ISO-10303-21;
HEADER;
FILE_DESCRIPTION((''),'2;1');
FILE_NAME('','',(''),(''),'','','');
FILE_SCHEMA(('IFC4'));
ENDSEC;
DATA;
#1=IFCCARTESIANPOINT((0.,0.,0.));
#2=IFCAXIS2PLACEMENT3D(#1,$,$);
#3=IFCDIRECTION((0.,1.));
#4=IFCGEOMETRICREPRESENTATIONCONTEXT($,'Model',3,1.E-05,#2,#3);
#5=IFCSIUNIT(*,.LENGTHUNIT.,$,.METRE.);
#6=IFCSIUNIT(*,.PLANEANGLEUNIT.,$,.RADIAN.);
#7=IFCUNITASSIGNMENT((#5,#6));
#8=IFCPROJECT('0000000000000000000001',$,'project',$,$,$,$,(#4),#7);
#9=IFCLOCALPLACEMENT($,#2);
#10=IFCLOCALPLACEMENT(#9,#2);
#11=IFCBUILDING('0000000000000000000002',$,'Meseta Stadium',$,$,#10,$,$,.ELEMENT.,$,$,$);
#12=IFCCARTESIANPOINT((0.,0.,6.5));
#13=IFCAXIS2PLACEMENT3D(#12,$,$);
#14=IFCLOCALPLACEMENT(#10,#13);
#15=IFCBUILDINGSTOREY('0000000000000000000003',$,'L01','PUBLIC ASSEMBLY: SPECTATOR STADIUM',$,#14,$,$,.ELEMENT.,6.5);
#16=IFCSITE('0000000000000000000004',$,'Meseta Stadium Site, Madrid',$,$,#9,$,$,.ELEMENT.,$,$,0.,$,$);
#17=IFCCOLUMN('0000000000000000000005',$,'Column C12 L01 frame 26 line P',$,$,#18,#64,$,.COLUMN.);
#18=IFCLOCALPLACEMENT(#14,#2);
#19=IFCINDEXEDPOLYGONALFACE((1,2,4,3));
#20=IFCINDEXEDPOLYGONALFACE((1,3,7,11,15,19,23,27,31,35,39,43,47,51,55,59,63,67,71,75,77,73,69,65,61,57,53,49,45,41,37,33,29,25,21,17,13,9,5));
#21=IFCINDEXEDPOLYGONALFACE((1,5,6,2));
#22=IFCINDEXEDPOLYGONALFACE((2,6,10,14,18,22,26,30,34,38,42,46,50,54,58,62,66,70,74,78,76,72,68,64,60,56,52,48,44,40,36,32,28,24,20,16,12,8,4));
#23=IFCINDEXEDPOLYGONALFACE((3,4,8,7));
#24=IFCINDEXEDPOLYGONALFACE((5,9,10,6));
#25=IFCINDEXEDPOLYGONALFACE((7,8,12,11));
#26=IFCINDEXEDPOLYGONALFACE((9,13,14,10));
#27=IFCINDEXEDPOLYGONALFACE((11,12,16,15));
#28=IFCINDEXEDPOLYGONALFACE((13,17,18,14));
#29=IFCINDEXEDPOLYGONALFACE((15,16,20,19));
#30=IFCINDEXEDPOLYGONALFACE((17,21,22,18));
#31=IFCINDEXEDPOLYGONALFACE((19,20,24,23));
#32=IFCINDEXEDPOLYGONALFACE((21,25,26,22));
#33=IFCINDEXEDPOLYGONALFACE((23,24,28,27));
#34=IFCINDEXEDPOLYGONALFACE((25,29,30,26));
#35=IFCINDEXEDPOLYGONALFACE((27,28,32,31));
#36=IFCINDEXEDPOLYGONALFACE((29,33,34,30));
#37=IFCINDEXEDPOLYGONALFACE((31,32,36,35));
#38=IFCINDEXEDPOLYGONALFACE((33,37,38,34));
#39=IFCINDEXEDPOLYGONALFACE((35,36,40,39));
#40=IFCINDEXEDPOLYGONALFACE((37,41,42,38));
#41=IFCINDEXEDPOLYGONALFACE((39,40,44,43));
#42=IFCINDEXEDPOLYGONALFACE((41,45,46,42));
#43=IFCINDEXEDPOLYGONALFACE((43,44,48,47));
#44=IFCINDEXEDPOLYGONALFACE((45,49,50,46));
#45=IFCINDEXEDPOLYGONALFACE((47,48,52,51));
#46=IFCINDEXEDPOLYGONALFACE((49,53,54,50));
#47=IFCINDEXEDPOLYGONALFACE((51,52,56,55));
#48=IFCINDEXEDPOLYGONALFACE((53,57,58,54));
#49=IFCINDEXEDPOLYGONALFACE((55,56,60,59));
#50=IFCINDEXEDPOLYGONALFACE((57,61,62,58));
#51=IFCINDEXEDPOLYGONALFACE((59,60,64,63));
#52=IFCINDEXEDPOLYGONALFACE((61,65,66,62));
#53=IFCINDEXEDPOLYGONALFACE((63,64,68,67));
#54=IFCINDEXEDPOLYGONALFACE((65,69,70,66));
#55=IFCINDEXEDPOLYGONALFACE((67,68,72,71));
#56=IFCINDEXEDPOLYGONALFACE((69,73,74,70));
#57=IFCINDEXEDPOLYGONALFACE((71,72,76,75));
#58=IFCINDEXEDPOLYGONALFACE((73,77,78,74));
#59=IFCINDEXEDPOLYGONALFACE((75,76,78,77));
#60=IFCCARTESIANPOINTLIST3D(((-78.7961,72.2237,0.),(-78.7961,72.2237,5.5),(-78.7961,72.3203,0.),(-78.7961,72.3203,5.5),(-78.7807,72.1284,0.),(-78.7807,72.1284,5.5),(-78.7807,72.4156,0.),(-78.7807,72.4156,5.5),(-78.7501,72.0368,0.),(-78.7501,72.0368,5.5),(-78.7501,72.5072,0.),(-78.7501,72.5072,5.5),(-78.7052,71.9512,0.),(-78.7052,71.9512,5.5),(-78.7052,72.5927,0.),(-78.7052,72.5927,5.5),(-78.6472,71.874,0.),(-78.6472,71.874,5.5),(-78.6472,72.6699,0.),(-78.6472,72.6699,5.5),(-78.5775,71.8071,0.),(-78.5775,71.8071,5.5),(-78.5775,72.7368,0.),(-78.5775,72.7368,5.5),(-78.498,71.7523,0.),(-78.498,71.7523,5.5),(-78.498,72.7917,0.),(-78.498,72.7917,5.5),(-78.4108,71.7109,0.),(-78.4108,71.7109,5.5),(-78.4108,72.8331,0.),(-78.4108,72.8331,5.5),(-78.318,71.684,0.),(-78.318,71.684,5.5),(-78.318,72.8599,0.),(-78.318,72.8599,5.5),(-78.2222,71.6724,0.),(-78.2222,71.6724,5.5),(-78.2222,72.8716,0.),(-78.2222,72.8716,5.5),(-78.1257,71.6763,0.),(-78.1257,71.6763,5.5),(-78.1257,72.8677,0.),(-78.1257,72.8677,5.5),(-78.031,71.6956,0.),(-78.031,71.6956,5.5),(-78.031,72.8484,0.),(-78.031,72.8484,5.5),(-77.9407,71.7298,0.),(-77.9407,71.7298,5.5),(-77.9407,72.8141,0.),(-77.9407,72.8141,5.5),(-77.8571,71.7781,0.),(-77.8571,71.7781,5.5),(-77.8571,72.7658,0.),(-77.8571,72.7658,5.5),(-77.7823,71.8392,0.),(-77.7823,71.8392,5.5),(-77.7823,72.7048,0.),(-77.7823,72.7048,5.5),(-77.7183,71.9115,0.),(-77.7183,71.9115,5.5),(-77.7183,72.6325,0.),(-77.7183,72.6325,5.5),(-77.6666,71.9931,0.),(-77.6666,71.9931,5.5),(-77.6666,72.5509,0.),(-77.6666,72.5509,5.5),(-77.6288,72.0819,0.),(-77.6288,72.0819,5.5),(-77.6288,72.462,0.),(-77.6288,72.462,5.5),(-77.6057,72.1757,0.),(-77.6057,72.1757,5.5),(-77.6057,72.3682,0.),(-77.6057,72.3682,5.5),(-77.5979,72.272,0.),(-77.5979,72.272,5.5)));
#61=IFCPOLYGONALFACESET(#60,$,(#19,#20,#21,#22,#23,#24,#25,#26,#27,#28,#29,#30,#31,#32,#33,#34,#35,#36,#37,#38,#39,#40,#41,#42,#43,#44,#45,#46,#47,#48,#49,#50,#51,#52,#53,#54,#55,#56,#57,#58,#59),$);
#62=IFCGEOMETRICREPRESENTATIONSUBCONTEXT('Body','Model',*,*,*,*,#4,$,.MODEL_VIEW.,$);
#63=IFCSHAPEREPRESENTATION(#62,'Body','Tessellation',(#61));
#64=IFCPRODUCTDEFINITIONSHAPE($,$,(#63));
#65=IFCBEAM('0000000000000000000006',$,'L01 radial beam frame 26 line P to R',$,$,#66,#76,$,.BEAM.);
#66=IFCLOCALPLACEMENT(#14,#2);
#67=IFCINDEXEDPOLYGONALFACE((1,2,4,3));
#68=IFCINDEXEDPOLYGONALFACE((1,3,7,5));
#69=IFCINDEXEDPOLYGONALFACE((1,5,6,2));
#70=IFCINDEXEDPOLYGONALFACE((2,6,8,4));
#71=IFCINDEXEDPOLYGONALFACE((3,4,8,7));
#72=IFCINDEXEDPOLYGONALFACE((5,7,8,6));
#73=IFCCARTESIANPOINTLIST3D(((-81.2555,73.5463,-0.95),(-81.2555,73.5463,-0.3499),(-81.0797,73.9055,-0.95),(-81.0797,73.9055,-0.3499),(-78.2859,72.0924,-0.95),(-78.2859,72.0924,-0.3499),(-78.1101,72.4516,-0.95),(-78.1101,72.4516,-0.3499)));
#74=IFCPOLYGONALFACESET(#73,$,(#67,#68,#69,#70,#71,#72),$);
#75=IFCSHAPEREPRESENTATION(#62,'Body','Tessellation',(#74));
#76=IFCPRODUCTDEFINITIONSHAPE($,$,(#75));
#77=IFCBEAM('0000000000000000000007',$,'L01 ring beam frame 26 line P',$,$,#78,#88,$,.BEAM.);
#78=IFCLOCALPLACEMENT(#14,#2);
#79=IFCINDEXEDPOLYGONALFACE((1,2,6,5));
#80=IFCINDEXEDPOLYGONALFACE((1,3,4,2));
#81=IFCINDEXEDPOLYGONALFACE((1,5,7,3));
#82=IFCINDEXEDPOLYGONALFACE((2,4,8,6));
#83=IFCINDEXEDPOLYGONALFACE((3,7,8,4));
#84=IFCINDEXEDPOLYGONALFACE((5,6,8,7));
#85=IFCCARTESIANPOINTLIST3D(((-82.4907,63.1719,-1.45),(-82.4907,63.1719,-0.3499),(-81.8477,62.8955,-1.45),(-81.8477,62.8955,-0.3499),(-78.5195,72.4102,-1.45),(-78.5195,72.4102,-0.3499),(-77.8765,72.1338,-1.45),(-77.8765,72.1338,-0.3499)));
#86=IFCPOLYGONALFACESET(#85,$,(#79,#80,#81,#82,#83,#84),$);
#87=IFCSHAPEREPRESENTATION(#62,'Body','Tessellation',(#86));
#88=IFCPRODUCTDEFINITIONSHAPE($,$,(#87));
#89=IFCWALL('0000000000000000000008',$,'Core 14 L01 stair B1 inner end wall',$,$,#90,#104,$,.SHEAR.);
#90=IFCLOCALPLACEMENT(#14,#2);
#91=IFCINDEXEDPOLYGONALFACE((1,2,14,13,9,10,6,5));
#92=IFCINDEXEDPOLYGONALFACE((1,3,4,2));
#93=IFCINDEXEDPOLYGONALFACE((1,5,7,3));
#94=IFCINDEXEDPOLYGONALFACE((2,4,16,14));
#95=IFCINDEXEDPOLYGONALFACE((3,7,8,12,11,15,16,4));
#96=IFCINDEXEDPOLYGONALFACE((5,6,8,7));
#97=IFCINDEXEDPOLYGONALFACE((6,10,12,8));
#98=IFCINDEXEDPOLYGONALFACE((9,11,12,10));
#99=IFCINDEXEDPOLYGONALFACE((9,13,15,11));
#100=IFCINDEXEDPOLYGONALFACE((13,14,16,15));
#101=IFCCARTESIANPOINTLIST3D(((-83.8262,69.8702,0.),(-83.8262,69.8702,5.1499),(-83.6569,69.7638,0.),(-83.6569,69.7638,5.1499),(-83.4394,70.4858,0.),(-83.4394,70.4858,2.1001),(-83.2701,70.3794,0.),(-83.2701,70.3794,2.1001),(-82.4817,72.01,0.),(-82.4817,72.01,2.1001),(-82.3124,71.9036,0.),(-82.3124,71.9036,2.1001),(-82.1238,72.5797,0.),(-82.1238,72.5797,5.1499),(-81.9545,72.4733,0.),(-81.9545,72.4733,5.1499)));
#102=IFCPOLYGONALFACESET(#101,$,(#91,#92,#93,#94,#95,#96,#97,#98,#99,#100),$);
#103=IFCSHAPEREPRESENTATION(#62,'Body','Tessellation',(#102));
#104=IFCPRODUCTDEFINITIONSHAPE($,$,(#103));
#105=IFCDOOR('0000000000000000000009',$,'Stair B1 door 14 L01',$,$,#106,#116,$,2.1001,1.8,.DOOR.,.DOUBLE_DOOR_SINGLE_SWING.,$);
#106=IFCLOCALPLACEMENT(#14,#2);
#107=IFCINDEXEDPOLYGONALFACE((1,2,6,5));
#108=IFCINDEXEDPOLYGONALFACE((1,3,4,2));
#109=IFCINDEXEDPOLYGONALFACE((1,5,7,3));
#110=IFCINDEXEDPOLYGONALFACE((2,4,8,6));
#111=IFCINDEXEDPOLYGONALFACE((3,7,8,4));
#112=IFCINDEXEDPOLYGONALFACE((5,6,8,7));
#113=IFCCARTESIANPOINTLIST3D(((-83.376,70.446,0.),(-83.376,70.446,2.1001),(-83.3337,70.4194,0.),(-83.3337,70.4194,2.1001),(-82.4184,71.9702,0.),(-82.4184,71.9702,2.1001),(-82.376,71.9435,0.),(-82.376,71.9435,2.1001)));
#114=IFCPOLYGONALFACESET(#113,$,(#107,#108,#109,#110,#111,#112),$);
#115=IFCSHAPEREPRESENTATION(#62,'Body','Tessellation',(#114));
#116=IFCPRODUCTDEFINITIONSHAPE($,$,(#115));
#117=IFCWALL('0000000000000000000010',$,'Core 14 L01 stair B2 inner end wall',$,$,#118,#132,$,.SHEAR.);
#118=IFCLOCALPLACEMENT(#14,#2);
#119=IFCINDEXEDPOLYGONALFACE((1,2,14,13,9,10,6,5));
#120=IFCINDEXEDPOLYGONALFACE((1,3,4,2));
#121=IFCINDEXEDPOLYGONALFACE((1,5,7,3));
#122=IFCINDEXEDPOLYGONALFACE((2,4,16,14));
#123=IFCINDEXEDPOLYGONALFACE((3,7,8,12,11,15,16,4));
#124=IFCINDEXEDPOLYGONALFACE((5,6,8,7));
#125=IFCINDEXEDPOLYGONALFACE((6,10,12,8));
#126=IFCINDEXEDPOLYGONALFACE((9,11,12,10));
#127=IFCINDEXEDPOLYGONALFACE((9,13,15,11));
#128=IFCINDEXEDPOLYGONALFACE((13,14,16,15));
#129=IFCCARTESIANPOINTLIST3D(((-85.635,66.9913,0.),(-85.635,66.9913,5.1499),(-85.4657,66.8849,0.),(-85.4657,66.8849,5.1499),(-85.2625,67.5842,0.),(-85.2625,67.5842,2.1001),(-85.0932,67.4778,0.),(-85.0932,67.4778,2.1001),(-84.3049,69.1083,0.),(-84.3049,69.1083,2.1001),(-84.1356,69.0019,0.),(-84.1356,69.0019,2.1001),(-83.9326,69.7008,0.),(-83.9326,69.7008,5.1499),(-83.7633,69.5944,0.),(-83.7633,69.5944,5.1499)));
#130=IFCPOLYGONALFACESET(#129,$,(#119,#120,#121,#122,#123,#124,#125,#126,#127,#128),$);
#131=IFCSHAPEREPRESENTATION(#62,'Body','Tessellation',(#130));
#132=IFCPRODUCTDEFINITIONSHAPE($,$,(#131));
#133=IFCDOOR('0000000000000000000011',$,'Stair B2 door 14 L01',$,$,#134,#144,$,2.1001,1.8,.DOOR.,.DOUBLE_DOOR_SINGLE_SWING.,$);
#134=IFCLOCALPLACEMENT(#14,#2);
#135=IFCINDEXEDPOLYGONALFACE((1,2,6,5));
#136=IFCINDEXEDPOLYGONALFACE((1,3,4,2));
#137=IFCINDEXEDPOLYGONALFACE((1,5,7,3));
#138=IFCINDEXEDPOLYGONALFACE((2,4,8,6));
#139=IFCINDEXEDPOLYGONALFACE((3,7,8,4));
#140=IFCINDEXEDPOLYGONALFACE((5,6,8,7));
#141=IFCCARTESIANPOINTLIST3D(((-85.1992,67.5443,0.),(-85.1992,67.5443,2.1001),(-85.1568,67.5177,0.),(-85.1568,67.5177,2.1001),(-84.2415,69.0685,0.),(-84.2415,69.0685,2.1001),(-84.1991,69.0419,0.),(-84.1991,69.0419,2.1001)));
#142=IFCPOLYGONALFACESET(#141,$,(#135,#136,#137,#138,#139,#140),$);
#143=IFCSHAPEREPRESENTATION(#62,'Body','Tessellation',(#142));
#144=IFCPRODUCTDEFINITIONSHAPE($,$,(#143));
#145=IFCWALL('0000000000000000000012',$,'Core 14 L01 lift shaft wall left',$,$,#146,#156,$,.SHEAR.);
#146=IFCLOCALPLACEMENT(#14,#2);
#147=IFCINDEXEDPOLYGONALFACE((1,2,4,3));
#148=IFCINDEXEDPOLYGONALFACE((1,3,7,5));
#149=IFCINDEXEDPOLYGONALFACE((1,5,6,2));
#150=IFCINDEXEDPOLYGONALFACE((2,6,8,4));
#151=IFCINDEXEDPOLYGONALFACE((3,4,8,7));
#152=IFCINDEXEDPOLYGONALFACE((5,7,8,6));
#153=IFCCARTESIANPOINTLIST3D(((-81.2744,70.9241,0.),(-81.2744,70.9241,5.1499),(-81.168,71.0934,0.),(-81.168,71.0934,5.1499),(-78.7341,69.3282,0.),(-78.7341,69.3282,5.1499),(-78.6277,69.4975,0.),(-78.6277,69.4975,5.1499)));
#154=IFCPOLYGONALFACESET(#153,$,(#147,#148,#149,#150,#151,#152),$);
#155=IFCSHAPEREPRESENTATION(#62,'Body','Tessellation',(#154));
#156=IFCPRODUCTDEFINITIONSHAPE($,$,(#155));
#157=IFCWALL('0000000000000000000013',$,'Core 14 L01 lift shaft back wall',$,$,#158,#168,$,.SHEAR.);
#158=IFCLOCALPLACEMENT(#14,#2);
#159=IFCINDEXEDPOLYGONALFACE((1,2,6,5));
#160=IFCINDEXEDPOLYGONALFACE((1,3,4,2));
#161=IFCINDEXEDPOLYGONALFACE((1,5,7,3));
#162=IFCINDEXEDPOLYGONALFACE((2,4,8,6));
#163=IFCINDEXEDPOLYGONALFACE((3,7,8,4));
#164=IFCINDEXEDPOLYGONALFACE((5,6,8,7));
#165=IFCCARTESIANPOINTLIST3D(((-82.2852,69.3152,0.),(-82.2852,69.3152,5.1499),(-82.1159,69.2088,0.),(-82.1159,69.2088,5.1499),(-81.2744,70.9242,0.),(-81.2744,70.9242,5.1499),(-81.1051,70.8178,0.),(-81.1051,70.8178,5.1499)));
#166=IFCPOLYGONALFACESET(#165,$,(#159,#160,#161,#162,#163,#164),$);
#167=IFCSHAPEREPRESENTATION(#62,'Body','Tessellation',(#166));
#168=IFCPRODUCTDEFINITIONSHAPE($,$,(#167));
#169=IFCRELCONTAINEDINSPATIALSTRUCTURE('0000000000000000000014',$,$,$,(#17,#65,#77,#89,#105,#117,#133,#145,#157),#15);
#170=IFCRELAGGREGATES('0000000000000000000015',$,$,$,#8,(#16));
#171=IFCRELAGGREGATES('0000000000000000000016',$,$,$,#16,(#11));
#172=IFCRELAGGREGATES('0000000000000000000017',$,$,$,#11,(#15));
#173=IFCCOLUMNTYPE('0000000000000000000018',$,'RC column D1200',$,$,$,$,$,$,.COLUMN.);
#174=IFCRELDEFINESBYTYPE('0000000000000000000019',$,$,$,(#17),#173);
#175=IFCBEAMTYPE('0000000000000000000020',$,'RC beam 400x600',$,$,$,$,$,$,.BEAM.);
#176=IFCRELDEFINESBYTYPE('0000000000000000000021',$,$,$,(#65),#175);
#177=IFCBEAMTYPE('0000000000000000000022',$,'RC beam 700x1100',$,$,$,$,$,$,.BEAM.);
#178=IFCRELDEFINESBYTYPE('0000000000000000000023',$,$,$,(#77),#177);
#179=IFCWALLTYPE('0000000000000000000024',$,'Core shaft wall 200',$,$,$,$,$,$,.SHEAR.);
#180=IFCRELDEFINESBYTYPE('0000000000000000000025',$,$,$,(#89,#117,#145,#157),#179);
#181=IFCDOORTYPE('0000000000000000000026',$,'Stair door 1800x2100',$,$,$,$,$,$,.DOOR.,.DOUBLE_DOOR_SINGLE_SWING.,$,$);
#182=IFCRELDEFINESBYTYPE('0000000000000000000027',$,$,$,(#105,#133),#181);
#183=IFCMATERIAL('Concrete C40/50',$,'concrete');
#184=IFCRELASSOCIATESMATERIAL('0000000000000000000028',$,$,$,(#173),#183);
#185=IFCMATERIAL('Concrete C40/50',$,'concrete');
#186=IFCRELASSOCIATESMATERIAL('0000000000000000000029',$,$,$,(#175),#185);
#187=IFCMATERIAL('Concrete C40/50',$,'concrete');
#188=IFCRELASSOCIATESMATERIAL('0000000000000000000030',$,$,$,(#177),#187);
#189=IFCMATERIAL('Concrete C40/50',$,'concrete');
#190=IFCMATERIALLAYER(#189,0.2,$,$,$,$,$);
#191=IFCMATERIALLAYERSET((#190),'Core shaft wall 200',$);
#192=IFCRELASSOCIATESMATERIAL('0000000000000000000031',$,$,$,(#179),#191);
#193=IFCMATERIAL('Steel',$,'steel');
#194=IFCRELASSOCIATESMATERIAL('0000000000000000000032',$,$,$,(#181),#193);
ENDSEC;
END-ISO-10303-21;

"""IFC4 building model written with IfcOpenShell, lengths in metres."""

from ifc_helpers import new_model, si_unit, direction, frame, frame_2d, origin, origin_2d, place, context, subcontext, project, spatial, rectangle, circle, extrude, material, layer, layer_set, material_profile, profile_set, type_object, element, fill, save


model = new_model("IFC4")

# Units and contexts
model_context = context("Model", 3, precision=1e-05, world=origin(), true_north=direction((0.0, 1.0)))
body_context = subcontext(model_context, "Body", "Model", "MODEL_VIEW")
ifc_project = project(units=[si_unit("LENGTHUNIT", "METRE"), si_unit("PLANEANGLEUNIT", "RADIAN")], contexts=[model_context])

# Site, building, storey
site_placement = place(None, origin())
site = spatial("IfcSite", under=ifc_project, at=site_placement, Name="Meseta Stadium Site, Madrid", CompositionType="ELEMENT", RefElevation=0.0)
building_placement = place(site_placement, origin())
building = spatial("IfcBuilding", under=site, at=building_placement, Name="Meseta Stadium", CompositionType="ELEMENT")
storey_placement = place(building_placement, frame((0.0, 0.0, 6.5)))
storey = spatial("IfcBuildingStorey", under=building, at=storey_placement, Name="L01", Description="PUBLIC ASSEMBLY: SPECTATOR STADIUM", CompositionType="ELEMENT", Elevation=6.5)

# Column
ifc_material_1 = material(Name="Concrete C40/50", Category="concrete")
ifc_material_profile_1 = material_profile(ifc_material_1, circle(Radius=0.6001, at=origin_2d()), Name="RC D1200")
ifc_profile_set_1 = profile_set([ifc_material_profile_1], Name="Concrete C40/50")
column_type = type_object("IfcColumnType", Name="RC column D1200", PredefinedType="COLUMN", material=ifc_profile_set_1)
column_placement = place(storey_placement, frame((-78.198, 72.272, 0.0), z_axis=(0.0, 0.0, 1.0), x_axis=(1.0, 0.0, 0.0)))
element("IfcColumn", 1, at=column_placement, inside=storey, type_object=column_type, Name="Column C12 L01 frame 26 line P", PredefinedType="COLUMN", context=body_context, shape_type="SweptSolid", body=[
    extrude(circle(Radius=0.6001, at=origin_2d()), origin(), (0.0, 0.0, 1.0), 5.5),
])

# Beams
ifc_material_2 = material(Name="Concrete C40/50", Category="concrete")
ifc_material_profile_2 = material_profile(ifc_material_2, rectangle(XDim=0.3999, YDim=0.6001, at=origin_2d()), Name="RC 400x600")
ifc_profile_set_2 = profile_set([ifc_material_profile_2], Name="Concrete C40/50")
beam_type_1 = type_object("IfcBeamType", Name="RC beam 400x600", PredefinedType="BEAM", material=ifc_profile_set_2)
beam_1_placement = place(storey_placement, frame((-78.198, 72.272, -0.6499), z_axis=(-0.898132, 0.439725, 0.0), x_axis=(-0.439725, -0.898132, 0.0)))
element("IfcBeam", 2, at=beam_1_placement, inside=storey, type_object=beam_type_1, Name="L01 radial beam frame 26 line P to R", PredefinedType="BEAM", context=body_context, shape_type="SweptSolid", body=[
    extrude(rectangle(XDim=0.3999, YDim=0.6001, at=origin_2d()), origin(), (0.0, 0.0, 1.0), 3.3064),
])
ifc_material_3 = material(Name="Concrete C40/50", Category="concrete")
ifc_material_profile_3 = material_profile(ifc_material_3, rectangle(XDim=0.7, YDim=1.1001, at=origin_2d()), Name="RC 700x1100")
ifc_profile_set_3 = profile_set([ifc_material_profile_3], Name="Concrete C40/50")
beam_type_2 = type_object("IfcBeamType", Name="RC beam 700x1100", PredefinedType="BEAM", material=ifc_profile_set_3)
beam_2_placement = place(storey_placement, frame((-78.198, 72.272, -0.8999), z_axis=(-0.394921, -0.918715, 0.0), x_axis=(0.918715, -0.394921, 0.0)))
element("IfcBeam", 3, at=beam_2_placement, inside=storey, type_object=beam_type_2, Name="L01 ring beam frame 26 line P", PredefinedType="BEAM", context=body_context, shape_type="SweptSolid", body=[
    extrude(rectangle(XDim=0.7, YDim=1.1001, at=origin_2d()), origin(), (0.0, 0.0, 1.0), 10.0557),
])

# Walls, openings, doors
ifc_material_4 = material(Name="Concrete C40/50", Category="concrete")
ifc_layer = layer(ifc_material_4, 0.2)
ifc_layer_set = layer_set([ifc_layer], Name="Core shaft wall 200")
wall_type = type_object("IfcWallType", Name="Core shaft wall 200", PredefinedType="SHEAR", material=ifc_layer_set)
wall_1_placement = place(storey_placement, frame((-82.0391, 72.5266, 0.0), z_axis=(0.0, 0.0, 1.0), x_axis=(-0.532014, -0.846736, 0.0)))
wall_1 = element("IfcWall", 4, at=wall_1_placement, inside=storey, type_object=wall_type, Name="Core 14 L01 stair B1 inner end wall", PredefinedType="SHEAR", context=body_context, shape_type="SweptSolid", body=[
    extrude(rectangle(XDim=3.2, YDim=0.2, at=frame_2d((1.6001, 0.0))), origin(), (0.0, 0.0, 1.0), 5.1499),
])
opening_1_placement = place(wall_1_placement, frame((0.6731, 0.0, 0.0)))
opening_1 = element("IfcOpeningElement", 5, at=opening_1_placement, cuts=wall_1, PredefinedType="OPENING", context=body_context, shape_type="SweptSolid", body=[
    extrude(rectangle(XDim=1.8, YDim=2.1001, at=frame_2d((0.8999, 1.05))), frame((0.0, 0.1099, 0.0), z_axis=(0.0, -1.0, 0.0), x_axis=(1.0, 0.0, 0.0)), (0.0, 0.0, 1.0), 0.22),
])
ifc_material_5 = material(Name="Steel", Category="steel")
door_type_1 = type_object("IfcDoorType", Name="Stair door 1800x2100", OperationType="DOUBLE_DOOR_SINGLE_SWING", PredefinedType="DOOR", material=ifc_material_5)
door_1_placement = place(opening_1_placement, origin())
door_1 = element("IfcDoor", 6, at=door_1_placement, inside=storey, type_object=door_type_1, Name="Stair B1 door 14 L01", OperationType="DOUBLE_DOOR_SINGLE_SWING", OverallHeight=2.1001, OverallWidth=1.8, PredefinedType="DOOR", context=body_context, shape_type="SweptSolid", body=[
    extrude(rectangle(XDim=1.8, YDim=2.1001, at=frame_2d((0.8999, 1.05))), frame((0.0, 0.0249, 0.0), z_axis=(0.0, -1.0, 0.0), x_axis=(1.0, 0.0, 0.0)), (0.0, 0.0, 1.0), 0.05),
])
fill(opening_1, door_1)
wall_2_placement = place(storey_placement, frame((-83.8479, 69.6477, 0.0), z_axis=(0.0, 0.0, 1.0), x_axis=(-0.532014, -0.846736, 0.0)))
wall_2 = element("IfcWall", 7, at=wall_2_placement, inside=storey, type_object=wall_type, Name="Core 14 L01 stair B2 inner end wall", PredefinedType="SHEAR", context=body_context, shape_type="SweptSolid", body=[
    extrude(rectangle(XDim=3.2, YDim=0.2, at=frame_2d((1.6001, 0.0))), origin(), (0.0, 0.0, 1.0), 5.1499),
])
opening_2_placement = place(wall_2_placement, frame((0.7, 0.0, 0.0)))
opening_2 = element("IfcOpeningElement", 8, at=opening_2_placement, cuts=wall_2, PredefinedType="OPENING", context=body_context, shape_type="SweptSolid", body=[
    extrude(rectangle(XDim=1.8, YDim=2.1001, at=frame_2d((0.8999, 1.05))), frame((0.0, 0.1099, 0.0), z_axis=(0.0, -1.0, 0.0), x_axis=(1.0, 0.0, 0.0)), (0.0, 0.0, 1.0), 0.22),
])
door_2_placement = place(opening_2_placement, origin())
door_2 = element("IfcDoor", 9, at=door_2_placement, inside=storey, type_object=door_type_1, Name="Stair B2 door 14 L01", OperationType="DOUBLE_DOOR_SINGLE_SWING", OverallHeight=2.1001, OverallWidth=1.8, PredefinedType="DOOR", context=body_context, shape_type="SweptSolid", body=[
    extrude(rectangle(XDim=1.8, YDim=2.1001, at=frame_2d((0.8999, 1.05))), frame((0.0, 0.0249, 0.0), z_axis=(0.0, -1.0, 0.0), x_axis=(1.0, 0.0, 0.0)), (0.0, 0.0, 1.0), 0.05),
])
fill(opening_2, door_2)

# Walls
wall_3_placement = place(storey_placement, frame((-81.2212, 71.0088, 0.0), z_axis=(0.0, 0.0, 1.0), x_axis=(0.846757, -0.53198, 0.0)))
element("IfcWall", 10, at=wall_3_placement, inside=storey, type_object=wall_type, Name="Core 14 L01 lift shaft wall left", PredefinedType="SHEAR", context=body_context, shape_type="SweptSolid", body=[
    extrude(rectangle(XDim=3.0, YDim=0.2, at=frame_2d((1.5, 0.0))), origin(), (0.0, 0.0, 1.0), 5.1499),
])
wall_4_placement = place(storey_placement, frame((-81.1897, 70.8711, 0.0), z_axis=(0.0, 0.0, 1.0), x_axis=(-0.531961, -0.846769, 0.0)))
element("IfcWall", 11, at=wall_4_placement, inside=storey, type_object=wall_type, Name="Core 14 L01 lift shaft back wall", PredefinedType="SHEAR", context=body_context, shape_type="SweptSolid", body=[
    extrude(rectangle(XDim=1.9001, YDim=0.2, at=frame_2d((0.9502, 0.0))), origin(), (0.0, 0.0, 1.0), 5.1499),
])

save(model, "model.ifc")
